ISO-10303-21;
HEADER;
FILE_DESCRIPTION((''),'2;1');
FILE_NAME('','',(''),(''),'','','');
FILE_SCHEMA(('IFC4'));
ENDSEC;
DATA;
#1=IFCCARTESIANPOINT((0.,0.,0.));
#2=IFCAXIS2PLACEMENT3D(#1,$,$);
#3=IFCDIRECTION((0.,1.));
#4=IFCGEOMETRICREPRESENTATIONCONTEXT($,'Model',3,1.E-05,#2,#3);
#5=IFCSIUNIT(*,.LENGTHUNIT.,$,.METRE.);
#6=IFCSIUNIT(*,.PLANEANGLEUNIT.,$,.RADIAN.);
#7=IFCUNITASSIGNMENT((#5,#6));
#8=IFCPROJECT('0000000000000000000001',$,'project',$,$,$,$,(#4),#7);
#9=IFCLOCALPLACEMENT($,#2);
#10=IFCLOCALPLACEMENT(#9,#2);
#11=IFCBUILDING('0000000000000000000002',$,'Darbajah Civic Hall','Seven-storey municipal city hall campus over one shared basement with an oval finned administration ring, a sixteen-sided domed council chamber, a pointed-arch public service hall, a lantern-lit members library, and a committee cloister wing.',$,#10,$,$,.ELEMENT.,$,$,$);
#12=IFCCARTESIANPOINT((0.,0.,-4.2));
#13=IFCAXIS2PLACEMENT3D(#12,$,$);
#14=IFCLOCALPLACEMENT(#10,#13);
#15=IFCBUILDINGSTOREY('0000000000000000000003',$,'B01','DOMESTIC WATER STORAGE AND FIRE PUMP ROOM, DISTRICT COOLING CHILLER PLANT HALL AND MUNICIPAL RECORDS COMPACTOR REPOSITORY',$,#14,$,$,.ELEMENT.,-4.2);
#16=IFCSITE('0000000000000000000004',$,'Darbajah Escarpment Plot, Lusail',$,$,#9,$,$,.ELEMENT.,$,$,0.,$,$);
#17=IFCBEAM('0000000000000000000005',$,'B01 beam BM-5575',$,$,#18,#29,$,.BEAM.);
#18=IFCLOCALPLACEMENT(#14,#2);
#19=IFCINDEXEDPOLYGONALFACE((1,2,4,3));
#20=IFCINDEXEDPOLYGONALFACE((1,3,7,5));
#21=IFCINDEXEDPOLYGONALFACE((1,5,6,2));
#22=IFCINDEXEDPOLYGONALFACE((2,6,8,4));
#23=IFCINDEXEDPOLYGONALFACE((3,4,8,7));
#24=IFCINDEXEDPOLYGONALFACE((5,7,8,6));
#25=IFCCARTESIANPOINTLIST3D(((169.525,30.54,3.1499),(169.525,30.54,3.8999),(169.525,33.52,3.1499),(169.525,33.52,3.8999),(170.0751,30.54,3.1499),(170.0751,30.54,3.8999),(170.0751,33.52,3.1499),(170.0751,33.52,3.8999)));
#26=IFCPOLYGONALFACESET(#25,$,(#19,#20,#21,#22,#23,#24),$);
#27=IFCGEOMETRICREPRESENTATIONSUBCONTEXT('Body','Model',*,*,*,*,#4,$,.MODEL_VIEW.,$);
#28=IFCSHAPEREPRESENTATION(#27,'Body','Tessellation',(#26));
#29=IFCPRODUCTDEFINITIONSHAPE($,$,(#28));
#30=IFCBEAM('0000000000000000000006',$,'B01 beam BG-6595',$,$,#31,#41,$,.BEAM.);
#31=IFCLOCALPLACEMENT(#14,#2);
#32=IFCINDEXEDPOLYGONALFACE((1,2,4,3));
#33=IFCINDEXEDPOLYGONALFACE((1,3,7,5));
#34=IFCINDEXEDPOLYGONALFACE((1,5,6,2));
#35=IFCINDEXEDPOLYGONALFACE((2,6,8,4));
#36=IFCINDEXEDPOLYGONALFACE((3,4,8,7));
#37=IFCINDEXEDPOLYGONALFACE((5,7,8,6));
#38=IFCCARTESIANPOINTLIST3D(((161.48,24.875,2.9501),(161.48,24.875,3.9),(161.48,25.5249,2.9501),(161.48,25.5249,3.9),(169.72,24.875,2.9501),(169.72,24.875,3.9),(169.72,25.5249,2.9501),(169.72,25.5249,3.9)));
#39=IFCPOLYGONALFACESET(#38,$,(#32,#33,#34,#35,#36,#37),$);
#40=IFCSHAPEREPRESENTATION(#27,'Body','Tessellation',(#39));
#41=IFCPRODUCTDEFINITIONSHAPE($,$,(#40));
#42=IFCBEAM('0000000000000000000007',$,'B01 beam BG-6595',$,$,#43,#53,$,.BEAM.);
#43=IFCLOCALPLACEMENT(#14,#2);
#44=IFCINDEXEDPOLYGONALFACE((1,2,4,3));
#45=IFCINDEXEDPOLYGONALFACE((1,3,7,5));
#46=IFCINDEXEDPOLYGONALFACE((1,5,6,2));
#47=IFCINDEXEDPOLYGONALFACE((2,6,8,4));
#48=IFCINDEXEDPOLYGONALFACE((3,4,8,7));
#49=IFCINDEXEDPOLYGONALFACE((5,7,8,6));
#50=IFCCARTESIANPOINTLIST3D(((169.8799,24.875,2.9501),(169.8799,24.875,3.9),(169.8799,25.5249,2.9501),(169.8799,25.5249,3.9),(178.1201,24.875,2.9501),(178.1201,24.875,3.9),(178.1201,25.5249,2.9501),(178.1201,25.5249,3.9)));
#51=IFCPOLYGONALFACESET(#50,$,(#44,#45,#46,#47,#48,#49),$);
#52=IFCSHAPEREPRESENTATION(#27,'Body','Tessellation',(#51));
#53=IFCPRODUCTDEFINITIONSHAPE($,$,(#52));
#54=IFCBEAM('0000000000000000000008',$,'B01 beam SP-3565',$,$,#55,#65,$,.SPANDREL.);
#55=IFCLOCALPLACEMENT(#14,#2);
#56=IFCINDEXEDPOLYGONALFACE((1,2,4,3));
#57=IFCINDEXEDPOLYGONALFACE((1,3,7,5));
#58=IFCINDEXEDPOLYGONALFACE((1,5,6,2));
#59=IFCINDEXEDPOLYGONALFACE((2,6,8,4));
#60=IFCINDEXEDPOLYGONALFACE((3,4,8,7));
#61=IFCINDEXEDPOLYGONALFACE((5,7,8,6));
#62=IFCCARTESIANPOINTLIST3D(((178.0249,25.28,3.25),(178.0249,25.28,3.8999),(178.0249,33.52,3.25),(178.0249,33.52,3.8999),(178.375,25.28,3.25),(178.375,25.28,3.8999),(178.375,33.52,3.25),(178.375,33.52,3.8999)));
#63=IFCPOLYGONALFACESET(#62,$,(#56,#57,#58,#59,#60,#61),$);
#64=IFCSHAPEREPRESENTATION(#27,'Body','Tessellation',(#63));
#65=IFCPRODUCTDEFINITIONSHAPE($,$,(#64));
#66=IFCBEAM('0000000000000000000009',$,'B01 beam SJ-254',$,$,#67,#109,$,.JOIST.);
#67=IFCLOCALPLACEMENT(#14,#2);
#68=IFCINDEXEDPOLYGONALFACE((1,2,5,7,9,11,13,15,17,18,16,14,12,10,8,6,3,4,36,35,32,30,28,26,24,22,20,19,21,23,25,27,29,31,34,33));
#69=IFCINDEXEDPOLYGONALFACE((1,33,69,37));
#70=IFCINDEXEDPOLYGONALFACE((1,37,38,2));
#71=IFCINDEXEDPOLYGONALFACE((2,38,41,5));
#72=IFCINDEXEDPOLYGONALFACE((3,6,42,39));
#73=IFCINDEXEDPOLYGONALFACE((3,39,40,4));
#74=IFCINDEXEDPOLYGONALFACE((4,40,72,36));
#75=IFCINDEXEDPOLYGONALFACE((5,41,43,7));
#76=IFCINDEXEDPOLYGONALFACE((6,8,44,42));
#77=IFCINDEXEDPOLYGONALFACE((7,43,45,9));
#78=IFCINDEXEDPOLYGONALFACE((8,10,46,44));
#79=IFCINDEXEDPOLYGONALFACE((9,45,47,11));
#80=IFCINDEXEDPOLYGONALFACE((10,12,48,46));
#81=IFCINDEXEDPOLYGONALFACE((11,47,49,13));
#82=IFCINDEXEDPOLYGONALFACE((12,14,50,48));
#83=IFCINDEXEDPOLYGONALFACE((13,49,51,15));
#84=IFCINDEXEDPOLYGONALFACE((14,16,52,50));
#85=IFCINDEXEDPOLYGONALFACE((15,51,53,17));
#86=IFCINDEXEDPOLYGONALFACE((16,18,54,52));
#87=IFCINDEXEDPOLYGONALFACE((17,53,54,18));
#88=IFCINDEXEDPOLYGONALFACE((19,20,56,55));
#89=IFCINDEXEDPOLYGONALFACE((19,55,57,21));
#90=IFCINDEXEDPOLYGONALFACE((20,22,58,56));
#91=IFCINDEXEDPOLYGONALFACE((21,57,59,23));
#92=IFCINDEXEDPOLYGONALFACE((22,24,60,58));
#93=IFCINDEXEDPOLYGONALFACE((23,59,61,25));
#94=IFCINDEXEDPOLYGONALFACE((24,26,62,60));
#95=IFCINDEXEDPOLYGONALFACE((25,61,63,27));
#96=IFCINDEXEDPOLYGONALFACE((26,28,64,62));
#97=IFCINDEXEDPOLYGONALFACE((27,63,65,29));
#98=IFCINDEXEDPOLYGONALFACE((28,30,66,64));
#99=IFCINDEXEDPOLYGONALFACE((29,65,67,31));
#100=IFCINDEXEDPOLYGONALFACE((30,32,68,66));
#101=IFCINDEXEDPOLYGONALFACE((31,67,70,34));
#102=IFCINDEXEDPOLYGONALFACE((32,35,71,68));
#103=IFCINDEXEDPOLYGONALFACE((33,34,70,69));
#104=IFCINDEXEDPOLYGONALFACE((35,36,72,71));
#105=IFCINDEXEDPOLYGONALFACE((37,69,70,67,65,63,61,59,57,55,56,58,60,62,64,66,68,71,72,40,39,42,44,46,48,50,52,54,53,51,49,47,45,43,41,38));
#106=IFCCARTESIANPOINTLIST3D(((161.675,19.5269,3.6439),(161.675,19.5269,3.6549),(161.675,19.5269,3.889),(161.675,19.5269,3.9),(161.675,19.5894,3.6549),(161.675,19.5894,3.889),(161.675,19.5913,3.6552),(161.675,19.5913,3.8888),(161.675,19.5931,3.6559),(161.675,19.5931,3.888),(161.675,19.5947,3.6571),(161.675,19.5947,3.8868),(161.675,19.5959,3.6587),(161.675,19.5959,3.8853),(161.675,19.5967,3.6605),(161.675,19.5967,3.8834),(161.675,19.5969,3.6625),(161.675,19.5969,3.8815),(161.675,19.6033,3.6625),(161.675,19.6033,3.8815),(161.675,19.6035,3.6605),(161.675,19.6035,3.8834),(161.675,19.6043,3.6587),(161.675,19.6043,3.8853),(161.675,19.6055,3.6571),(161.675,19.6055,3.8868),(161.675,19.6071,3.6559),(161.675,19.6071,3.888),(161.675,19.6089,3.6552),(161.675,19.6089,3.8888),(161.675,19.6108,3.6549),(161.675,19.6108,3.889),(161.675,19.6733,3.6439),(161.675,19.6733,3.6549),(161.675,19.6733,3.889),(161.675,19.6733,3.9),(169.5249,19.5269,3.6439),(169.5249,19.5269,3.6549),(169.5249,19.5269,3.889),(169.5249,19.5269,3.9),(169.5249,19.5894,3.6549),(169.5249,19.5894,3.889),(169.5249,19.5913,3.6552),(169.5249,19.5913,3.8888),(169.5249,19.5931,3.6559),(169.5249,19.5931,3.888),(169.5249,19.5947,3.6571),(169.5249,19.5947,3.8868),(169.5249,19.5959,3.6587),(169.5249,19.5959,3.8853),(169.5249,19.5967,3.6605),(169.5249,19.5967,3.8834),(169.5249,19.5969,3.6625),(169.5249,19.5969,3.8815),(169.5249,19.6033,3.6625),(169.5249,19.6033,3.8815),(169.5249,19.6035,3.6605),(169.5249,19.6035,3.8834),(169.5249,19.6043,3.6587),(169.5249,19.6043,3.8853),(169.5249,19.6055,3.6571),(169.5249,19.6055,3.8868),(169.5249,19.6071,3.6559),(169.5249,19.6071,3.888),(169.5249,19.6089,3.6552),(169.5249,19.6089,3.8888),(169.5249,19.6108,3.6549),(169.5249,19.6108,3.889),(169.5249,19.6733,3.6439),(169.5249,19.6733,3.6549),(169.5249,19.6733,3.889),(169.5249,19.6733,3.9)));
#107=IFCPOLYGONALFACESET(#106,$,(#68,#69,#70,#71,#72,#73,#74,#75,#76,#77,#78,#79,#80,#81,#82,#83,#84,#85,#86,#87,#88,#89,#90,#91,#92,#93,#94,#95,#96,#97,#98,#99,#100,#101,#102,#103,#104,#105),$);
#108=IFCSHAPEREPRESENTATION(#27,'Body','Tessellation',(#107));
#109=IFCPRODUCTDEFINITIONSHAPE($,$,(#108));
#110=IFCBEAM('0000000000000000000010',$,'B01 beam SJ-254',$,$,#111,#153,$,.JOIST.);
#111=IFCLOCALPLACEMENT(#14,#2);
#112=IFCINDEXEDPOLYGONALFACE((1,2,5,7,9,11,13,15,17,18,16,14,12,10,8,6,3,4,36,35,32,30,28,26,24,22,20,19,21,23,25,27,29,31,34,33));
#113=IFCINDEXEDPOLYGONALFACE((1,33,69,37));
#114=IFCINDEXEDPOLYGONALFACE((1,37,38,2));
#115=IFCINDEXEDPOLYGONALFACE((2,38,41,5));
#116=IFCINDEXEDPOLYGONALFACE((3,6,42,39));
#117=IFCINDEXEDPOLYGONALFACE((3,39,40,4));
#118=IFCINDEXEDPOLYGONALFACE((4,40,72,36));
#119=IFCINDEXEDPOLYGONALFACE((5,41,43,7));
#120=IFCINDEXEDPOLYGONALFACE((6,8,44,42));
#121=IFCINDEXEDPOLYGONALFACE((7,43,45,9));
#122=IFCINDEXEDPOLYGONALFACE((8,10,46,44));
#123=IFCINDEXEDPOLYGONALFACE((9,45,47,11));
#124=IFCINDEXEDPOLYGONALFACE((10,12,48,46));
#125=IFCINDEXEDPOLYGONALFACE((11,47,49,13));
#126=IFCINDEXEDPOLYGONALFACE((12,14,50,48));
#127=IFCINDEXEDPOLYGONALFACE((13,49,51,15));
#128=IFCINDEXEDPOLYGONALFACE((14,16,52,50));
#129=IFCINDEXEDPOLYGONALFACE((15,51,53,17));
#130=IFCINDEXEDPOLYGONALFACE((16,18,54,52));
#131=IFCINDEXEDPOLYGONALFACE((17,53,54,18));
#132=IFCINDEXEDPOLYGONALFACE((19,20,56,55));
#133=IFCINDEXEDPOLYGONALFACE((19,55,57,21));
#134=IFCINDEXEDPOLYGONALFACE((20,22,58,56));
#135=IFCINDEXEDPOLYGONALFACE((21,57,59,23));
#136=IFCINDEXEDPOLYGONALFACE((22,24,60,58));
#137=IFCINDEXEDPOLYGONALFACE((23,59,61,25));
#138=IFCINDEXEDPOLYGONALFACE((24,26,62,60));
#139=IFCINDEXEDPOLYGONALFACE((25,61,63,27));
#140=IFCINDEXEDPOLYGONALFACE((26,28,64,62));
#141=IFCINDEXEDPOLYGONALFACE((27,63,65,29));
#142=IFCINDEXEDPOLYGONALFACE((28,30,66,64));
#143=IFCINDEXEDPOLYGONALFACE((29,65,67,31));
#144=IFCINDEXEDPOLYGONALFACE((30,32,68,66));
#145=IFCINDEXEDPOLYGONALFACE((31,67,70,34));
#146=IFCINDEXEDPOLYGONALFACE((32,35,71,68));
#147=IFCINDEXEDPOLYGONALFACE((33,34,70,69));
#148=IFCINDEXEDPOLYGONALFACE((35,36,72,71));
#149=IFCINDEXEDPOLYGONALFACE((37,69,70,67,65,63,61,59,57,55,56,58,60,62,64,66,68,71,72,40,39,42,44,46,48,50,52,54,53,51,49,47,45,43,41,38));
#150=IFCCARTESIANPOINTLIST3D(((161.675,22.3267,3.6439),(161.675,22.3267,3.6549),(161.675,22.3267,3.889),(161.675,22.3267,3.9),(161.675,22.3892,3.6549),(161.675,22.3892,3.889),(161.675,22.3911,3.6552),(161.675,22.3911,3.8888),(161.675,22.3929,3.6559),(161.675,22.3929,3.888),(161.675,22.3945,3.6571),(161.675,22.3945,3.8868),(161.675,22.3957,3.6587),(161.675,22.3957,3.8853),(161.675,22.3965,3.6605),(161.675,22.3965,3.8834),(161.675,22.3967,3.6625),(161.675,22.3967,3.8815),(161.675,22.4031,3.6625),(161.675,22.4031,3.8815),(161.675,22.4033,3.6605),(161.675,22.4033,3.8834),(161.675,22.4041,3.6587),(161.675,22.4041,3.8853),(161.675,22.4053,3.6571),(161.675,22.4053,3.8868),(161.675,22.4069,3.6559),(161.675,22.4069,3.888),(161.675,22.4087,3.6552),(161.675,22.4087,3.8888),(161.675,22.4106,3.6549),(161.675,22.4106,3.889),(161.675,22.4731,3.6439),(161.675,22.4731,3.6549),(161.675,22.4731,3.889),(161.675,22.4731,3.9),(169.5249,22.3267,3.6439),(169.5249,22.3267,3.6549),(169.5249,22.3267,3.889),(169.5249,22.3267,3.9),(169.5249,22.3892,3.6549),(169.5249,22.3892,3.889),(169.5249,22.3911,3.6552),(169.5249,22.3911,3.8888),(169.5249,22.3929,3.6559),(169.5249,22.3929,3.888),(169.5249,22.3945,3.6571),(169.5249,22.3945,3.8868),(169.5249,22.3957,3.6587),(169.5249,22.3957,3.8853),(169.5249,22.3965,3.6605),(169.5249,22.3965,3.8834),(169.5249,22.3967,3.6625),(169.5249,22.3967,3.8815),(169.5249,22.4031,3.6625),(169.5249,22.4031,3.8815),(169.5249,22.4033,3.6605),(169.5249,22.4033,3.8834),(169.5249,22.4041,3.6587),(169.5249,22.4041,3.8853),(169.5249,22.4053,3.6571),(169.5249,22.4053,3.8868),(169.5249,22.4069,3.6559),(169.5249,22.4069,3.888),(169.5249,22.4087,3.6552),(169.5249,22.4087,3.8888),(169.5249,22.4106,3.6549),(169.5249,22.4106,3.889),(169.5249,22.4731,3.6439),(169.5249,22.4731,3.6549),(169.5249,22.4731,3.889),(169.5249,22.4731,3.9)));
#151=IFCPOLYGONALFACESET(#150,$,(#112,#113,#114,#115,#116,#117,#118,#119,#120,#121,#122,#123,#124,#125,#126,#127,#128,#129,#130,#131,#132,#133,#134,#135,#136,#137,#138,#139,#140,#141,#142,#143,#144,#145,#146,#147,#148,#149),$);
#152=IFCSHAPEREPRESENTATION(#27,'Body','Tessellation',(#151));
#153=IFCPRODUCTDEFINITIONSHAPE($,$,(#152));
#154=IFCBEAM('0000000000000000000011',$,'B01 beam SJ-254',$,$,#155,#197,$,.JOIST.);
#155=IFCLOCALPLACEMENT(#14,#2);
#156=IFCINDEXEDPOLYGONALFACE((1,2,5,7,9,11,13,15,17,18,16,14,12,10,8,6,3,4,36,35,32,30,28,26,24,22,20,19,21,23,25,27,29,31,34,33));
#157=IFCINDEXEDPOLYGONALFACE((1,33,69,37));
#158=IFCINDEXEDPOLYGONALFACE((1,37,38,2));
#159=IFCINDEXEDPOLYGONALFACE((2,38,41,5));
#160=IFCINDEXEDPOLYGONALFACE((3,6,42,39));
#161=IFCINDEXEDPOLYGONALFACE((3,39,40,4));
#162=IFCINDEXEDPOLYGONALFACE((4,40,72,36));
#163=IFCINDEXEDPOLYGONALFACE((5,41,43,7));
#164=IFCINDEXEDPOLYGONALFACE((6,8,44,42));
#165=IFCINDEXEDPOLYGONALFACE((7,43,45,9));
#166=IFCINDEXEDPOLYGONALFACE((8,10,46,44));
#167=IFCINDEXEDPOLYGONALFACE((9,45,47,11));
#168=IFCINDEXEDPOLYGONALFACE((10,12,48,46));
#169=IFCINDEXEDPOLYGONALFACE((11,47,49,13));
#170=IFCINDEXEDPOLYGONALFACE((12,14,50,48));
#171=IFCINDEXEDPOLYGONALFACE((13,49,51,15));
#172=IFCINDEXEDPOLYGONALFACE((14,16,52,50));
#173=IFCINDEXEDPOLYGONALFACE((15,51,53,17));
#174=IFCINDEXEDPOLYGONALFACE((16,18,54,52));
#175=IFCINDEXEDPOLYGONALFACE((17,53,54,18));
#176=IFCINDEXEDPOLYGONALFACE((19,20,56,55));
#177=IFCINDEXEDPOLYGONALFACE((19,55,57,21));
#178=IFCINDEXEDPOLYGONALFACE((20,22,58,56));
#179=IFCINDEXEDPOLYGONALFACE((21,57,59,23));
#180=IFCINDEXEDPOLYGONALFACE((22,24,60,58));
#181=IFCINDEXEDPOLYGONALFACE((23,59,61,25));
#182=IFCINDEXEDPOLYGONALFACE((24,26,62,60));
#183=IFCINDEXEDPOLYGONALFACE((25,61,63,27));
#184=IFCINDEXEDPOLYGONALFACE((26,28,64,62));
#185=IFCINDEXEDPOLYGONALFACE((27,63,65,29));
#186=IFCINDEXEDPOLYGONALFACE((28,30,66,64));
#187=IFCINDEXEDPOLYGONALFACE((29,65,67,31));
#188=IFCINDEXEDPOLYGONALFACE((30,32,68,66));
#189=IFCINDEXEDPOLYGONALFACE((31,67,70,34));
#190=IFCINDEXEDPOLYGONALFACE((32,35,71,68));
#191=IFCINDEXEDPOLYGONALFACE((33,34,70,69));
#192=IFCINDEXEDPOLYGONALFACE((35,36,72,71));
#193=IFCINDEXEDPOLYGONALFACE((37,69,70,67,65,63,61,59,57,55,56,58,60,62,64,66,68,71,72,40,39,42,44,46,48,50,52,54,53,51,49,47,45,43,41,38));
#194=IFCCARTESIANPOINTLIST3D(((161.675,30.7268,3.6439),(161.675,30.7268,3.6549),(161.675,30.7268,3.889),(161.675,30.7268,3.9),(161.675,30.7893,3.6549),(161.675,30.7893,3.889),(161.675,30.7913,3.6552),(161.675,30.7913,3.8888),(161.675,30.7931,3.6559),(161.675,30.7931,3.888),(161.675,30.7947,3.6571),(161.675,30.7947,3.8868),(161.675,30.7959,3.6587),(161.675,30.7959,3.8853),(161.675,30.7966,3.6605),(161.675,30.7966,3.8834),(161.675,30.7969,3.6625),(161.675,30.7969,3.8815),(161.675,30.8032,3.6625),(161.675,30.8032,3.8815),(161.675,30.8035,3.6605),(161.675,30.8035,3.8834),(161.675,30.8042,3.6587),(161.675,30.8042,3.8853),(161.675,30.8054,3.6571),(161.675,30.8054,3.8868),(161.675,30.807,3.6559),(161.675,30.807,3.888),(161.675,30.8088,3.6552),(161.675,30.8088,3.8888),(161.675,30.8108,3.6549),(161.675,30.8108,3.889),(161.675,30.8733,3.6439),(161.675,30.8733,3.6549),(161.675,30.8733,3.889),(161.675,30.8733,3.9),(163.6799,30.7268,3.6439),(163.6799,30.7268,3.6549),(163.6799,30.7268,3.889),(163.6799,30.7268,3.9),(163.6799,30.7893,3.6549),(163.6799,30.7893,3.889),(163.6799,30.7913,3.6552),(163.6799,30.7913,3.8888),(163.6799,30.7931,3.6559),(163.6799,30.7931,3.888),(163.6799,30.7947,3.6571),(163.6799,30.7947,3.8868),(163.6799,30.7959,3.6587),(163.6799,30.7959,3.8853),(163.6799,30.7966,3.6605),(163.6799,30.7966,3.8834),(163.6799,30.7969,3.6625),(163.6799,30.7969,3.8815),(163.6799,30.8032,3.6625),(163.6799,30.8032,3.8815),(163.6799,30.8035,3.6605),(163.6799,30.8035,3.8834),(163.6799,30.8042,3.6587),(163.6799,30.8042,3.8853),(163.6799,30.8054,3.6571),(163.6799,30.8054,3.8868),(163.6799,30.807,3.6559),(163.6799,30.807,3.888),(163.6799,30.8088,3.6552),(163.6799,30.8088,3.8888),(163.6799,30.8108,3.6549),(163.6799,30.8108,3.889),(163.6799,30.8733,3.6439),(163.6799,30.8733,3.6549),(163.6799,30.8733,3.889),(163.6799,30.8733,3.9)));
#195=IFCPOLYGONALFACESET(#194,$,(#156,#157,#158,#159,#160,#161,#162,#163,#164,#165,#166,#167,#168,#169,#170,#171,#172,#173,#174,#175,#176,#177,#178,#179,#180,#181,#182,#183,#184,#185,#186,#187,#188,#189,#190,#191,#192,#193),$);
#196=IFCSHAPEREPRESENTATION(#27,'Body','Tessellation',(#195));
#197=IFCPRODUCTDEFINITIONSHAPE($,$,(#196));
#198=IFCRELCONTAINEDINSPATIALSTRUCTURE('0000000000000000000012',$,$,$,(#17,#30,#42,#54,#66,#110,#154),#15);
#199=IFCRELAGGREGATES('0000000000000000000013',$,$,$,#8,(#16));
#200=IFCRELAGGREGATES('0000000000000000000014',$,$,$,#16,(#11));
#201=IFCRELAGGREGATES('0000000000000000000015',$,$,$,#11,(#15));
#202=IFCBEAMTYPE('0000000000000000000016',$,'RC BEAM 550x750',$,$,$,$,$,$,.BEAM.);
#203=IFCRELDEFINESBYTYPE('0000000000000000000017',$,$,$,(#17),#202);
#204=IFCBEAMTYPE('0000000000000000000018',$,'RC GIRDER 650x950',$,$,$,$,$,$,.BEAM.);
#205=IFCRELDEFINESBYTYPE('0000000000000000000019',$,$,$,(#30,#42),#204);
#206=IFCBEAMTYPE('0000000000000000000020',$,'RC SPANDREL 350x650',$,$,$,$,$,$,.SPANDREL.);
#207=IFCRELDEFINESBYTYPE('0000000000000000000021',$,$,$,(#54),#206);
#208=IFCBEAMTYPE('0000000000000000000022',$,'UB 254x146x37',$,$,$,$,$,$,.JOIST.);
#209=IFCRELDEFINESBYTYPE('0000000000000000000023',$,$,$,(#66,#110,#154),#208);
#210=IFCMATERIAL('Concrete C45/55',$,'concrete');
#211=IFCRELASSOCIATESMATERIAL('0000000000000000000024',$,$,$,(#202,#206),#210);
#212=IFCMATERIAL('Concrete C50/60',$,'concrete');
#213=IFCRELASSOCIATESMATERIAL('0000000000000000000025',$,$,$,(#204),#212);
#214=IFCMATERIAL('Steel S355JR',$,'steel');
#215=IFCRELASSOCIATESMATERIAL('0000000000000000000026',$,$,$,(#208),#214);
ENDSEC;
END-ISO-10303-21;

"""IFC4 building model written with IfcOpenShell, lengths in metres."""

from ifc_helpers import new_model, si_unit, direction, frame, origin, origin_2d, place, context, subcontext, project, spatial, rectangle, i_section, extrude, material, material_profile, profile_set, type_object, element, save


model = new_model("IFC4")

# Units and contexts
model_context = context("Model", 3, precision=1e-05, world=origin(), true_north=direction((0.0, 1.0)))
body_context = subcontext(model_context, "Body", "Model", "MODEL_VIEW")
ifc_project = project(units=[si_unit("LENGTHUNIT", "METRE"), si_unit("PLANEANGLEUNIT", "RADIAN")], contexts=[model_context])

# Site, building, storey
site_placement = place(None, origin())
site = spatial("IfcSite", under=ifc_project, at=site_placement, Name="Darbajah Escarpment Plot, Lusail", CompositionType="ELEMENT", RefElevation=0.0)
building_placement = place(site_placement, origin())
building = spatial("IfcBuilding", under=site, at=building_placement, Name="Darbajah Civic Hall", Description="Seven-storey municipal city hall campus over one shared basement with an oval finned administration ring, a sixteen-sided domed council chamber, a pointed-arch public service hall, a lantern-lit members library, and a committee cloister wing.", CompositionType="ELEMENT")
storey_placement = place(building_placement, frame((0.0, 0.0, -4.2)))
storey = spatial("IfcBuildingStorey", under=building, at=storey_placement, Name="B01", Description="DOMESTIC WATER STORAGE AND FIRE PUMP ROOM, DISTRICT COOLING CHILLER PLANT HALL AND MUNICIPAL RECORDS COMPACTOR REPOSITORY", CompositionType="ELEMENT", Elevation=-4.2)

# Shared definitions
ifc_material_1 = material(Name="Concrete C45/55", Category="concrete")

# Shared definitions
ifc_material_2 = material(Name="Concrete C50/60", Category="concrete")

# Beams
ifc_material_profile_1 = material_profile(ifc_material_1, rectangle(XDim=0.55, YDim=0.75, at=origin_2d()), Name="RC BEAM 550x750")
ifc_profile_set_1 = profile_set([ifc_material_profile_1], Name="Concrete C45/55")
beam_type_1 = type_object("IfcBeamType", Name="RC BEAM 550x750", PredefinedType="BEAM", material=ifc_profile_set_1)
beam_1_placement = place(storey_placement, frame((169.8, 30.54, 3.5249), z_axis=(0.0, 1.0, 0.0), x_axis=(-1.0, 0.0, 0.0)))
element("IfcBeam", 1, at=beam_1_placement, inside=storey, type_object=beam_type_1, Name="B01 beam BM-5575", PredefinedType="BEAM", context=body_context, shape_type="SweptSolid", body=[
    extrude(rectangle(XDim=0.55, YDim=0.75, at=origin_2d()), origin(), (0.0, 0.0, 1.0), 2.98),
])
ifc_material_profile_2 = material_profile(ifc_material_2, rectangle(XDim=0.6499, YDim=0.95, at=origin_2d()), Name="RC GIRDER 650x950")
ifc_profile_set_2 = profile_set([ifc_material_profile_2], Name="Concrete C50/60")
beam_type_2 = type_object("IfcBeamType", Name="RC GIRDER 650x950", PredefinedType="BEAM", material=ifc_profile_set_2)
beam_2_placement = place(storey_placement, frame((161.48, 25.2, 3.425), z_axis=(1.0, 0.0, 0.0), x_axis=(0.0, 1.0, 0.0)))
element("IfcBeam", 2, at=beam_2_placement, inside=storey, type_object=beam_type_2, Name="B01 beam BG-6595", PredefinedType="BEAM", context=body_context, shape_type="SweptSolid", body=[
    extrude(rectangle(XDim=0.6499, YDim=0.95, at=origin_2d()), origin(), (0.0, 0.0, 1.0), 8.24),
])
beam_3_placement = place(storey_placement, frame((169.8799, 25.2, 3.425), z_axis=(1.0, 0.0, 0.0), x_axis=(0.0, 1.0, 0.0)))
element("IfcBeam", 3, at=beam_3_placement, inside=storey, type_object=beam_type_2, Name="B01 beam BG-6595", PredefinedType="BEAM", context=body_context, shape_type="SweptSolid", body=[
    extrude(rectangle(XDim=0.6499, YDim=0.95, at=origin_2d()), origin(), (0.0, 0.0, 1.0), 8.2402),
])
ifc_material_profile_3 = material_profile(ifc_material_1, rectangle(XDim=0.3501, YDim=0.6499, at=origin_2d()), Name="RC SPANDREL 350x650")
ifc_profile_set_3 = profile_set([ifc_material_profile_3], Name="Concrete C45/55")
beam_type_3 = type_object("IfcBeamType", Name="RC SPANDREL 350x650", PredefinedType="SPANDREL", material=ifc_profile_set_3)
beam_4_placement = place(storey_placement, frame((178.2, 25.28, 3.575), z_axis=(0.0, 1.0, 0.0), x_axis=(-1.0, 0.0, 0.0)))
element("IfcBeam", 4, at=beam_4_placement, inside=storey, type_object=beam_type_3, Name="B01 beam SP-3565", PredefinedType="SPANDREL", context=body_context, shape_type="SweptSolid", body=[
    extrude(rectangle(XDim=0.3501, YDim=0.6499, at=origin_2d()), origin(), (0.0, 0.0, 1.0), 8.24),
])
ifc_material_3 = material(Name="Steel S355JR", Category="steel")
ifc_material_profile_4 = material_profile(ifc_material_3, i_section(OverallWidth=0.1465, OverallDepth=0.2561, WebThickness=0.0063, FlangeThickness=0.011, FilletRadius=0.0076, at=origin_2d()), Name="UB 254x146x37")
ifc_profile_set_4 = profile_set([ifc_material_profile_4], Name="Steel S355JR")
beam_type_4 = type_object("IfcBeamType", Name="UB 254x146x37", PredefinedType="JOIST", material=ifc_profile_set_4)
for number, where, z_axis, x_axis, name in (
    (5, (161.675, 19.6001, 3.772), (1.0, 0.0, 0.0), (0.0, 1.0, 0.0), "B01 beam SJ-254"),
    (6, (161.675, 22.3999, 3.772), (1.0, 0.0, 0.0), (0.0, 1.0, 0.0), "B01 beam SJ-254"),
):
    element("IfcBeam", number, at=place(storey_placement, frame(where, z_axis=z_axis, x_axis=x_axis)), inside=storey, type_object=beam_type_4, Name=name, PredefinedType="JOIST", context=body_context, shape_type="SweptSolid", body=[
        extrude(i_section(OverallWidth=0.1465, OverallDepth=0.2561, WebThickness=0.0063, FlangeThickness=0.011, FilletRadius=0.0076, at=origin_2d()), origin(), (0.0, 0.0, 1.0), 7.8499),
    ])
beam_5_placement = place(storey_placement, frame((161.675, 30.8, 3.772), z_axis=(1.0, 0.0, 0.0), x_axis=(0.0, 1.0, 0.0)))
element("IfcBeam", 7, at=beam_5_placement, inside=storey, type_object=beam_type_4, Name="B01 beam SJ-254", PredefinedType="JOIST", context=body_context, shape_type="SweptSolid", body=[
    extrude(i_section(OverallWidth=0.1465, OverallDepth=0.2561, WebThickness=0.0063, FlangeThickness=0.011, FilletRadius=0.0076, at=origin_2d()), origin(), (0.0, 0.0, 1.0), 2.0049),
])

save(model, "model.ifc")
